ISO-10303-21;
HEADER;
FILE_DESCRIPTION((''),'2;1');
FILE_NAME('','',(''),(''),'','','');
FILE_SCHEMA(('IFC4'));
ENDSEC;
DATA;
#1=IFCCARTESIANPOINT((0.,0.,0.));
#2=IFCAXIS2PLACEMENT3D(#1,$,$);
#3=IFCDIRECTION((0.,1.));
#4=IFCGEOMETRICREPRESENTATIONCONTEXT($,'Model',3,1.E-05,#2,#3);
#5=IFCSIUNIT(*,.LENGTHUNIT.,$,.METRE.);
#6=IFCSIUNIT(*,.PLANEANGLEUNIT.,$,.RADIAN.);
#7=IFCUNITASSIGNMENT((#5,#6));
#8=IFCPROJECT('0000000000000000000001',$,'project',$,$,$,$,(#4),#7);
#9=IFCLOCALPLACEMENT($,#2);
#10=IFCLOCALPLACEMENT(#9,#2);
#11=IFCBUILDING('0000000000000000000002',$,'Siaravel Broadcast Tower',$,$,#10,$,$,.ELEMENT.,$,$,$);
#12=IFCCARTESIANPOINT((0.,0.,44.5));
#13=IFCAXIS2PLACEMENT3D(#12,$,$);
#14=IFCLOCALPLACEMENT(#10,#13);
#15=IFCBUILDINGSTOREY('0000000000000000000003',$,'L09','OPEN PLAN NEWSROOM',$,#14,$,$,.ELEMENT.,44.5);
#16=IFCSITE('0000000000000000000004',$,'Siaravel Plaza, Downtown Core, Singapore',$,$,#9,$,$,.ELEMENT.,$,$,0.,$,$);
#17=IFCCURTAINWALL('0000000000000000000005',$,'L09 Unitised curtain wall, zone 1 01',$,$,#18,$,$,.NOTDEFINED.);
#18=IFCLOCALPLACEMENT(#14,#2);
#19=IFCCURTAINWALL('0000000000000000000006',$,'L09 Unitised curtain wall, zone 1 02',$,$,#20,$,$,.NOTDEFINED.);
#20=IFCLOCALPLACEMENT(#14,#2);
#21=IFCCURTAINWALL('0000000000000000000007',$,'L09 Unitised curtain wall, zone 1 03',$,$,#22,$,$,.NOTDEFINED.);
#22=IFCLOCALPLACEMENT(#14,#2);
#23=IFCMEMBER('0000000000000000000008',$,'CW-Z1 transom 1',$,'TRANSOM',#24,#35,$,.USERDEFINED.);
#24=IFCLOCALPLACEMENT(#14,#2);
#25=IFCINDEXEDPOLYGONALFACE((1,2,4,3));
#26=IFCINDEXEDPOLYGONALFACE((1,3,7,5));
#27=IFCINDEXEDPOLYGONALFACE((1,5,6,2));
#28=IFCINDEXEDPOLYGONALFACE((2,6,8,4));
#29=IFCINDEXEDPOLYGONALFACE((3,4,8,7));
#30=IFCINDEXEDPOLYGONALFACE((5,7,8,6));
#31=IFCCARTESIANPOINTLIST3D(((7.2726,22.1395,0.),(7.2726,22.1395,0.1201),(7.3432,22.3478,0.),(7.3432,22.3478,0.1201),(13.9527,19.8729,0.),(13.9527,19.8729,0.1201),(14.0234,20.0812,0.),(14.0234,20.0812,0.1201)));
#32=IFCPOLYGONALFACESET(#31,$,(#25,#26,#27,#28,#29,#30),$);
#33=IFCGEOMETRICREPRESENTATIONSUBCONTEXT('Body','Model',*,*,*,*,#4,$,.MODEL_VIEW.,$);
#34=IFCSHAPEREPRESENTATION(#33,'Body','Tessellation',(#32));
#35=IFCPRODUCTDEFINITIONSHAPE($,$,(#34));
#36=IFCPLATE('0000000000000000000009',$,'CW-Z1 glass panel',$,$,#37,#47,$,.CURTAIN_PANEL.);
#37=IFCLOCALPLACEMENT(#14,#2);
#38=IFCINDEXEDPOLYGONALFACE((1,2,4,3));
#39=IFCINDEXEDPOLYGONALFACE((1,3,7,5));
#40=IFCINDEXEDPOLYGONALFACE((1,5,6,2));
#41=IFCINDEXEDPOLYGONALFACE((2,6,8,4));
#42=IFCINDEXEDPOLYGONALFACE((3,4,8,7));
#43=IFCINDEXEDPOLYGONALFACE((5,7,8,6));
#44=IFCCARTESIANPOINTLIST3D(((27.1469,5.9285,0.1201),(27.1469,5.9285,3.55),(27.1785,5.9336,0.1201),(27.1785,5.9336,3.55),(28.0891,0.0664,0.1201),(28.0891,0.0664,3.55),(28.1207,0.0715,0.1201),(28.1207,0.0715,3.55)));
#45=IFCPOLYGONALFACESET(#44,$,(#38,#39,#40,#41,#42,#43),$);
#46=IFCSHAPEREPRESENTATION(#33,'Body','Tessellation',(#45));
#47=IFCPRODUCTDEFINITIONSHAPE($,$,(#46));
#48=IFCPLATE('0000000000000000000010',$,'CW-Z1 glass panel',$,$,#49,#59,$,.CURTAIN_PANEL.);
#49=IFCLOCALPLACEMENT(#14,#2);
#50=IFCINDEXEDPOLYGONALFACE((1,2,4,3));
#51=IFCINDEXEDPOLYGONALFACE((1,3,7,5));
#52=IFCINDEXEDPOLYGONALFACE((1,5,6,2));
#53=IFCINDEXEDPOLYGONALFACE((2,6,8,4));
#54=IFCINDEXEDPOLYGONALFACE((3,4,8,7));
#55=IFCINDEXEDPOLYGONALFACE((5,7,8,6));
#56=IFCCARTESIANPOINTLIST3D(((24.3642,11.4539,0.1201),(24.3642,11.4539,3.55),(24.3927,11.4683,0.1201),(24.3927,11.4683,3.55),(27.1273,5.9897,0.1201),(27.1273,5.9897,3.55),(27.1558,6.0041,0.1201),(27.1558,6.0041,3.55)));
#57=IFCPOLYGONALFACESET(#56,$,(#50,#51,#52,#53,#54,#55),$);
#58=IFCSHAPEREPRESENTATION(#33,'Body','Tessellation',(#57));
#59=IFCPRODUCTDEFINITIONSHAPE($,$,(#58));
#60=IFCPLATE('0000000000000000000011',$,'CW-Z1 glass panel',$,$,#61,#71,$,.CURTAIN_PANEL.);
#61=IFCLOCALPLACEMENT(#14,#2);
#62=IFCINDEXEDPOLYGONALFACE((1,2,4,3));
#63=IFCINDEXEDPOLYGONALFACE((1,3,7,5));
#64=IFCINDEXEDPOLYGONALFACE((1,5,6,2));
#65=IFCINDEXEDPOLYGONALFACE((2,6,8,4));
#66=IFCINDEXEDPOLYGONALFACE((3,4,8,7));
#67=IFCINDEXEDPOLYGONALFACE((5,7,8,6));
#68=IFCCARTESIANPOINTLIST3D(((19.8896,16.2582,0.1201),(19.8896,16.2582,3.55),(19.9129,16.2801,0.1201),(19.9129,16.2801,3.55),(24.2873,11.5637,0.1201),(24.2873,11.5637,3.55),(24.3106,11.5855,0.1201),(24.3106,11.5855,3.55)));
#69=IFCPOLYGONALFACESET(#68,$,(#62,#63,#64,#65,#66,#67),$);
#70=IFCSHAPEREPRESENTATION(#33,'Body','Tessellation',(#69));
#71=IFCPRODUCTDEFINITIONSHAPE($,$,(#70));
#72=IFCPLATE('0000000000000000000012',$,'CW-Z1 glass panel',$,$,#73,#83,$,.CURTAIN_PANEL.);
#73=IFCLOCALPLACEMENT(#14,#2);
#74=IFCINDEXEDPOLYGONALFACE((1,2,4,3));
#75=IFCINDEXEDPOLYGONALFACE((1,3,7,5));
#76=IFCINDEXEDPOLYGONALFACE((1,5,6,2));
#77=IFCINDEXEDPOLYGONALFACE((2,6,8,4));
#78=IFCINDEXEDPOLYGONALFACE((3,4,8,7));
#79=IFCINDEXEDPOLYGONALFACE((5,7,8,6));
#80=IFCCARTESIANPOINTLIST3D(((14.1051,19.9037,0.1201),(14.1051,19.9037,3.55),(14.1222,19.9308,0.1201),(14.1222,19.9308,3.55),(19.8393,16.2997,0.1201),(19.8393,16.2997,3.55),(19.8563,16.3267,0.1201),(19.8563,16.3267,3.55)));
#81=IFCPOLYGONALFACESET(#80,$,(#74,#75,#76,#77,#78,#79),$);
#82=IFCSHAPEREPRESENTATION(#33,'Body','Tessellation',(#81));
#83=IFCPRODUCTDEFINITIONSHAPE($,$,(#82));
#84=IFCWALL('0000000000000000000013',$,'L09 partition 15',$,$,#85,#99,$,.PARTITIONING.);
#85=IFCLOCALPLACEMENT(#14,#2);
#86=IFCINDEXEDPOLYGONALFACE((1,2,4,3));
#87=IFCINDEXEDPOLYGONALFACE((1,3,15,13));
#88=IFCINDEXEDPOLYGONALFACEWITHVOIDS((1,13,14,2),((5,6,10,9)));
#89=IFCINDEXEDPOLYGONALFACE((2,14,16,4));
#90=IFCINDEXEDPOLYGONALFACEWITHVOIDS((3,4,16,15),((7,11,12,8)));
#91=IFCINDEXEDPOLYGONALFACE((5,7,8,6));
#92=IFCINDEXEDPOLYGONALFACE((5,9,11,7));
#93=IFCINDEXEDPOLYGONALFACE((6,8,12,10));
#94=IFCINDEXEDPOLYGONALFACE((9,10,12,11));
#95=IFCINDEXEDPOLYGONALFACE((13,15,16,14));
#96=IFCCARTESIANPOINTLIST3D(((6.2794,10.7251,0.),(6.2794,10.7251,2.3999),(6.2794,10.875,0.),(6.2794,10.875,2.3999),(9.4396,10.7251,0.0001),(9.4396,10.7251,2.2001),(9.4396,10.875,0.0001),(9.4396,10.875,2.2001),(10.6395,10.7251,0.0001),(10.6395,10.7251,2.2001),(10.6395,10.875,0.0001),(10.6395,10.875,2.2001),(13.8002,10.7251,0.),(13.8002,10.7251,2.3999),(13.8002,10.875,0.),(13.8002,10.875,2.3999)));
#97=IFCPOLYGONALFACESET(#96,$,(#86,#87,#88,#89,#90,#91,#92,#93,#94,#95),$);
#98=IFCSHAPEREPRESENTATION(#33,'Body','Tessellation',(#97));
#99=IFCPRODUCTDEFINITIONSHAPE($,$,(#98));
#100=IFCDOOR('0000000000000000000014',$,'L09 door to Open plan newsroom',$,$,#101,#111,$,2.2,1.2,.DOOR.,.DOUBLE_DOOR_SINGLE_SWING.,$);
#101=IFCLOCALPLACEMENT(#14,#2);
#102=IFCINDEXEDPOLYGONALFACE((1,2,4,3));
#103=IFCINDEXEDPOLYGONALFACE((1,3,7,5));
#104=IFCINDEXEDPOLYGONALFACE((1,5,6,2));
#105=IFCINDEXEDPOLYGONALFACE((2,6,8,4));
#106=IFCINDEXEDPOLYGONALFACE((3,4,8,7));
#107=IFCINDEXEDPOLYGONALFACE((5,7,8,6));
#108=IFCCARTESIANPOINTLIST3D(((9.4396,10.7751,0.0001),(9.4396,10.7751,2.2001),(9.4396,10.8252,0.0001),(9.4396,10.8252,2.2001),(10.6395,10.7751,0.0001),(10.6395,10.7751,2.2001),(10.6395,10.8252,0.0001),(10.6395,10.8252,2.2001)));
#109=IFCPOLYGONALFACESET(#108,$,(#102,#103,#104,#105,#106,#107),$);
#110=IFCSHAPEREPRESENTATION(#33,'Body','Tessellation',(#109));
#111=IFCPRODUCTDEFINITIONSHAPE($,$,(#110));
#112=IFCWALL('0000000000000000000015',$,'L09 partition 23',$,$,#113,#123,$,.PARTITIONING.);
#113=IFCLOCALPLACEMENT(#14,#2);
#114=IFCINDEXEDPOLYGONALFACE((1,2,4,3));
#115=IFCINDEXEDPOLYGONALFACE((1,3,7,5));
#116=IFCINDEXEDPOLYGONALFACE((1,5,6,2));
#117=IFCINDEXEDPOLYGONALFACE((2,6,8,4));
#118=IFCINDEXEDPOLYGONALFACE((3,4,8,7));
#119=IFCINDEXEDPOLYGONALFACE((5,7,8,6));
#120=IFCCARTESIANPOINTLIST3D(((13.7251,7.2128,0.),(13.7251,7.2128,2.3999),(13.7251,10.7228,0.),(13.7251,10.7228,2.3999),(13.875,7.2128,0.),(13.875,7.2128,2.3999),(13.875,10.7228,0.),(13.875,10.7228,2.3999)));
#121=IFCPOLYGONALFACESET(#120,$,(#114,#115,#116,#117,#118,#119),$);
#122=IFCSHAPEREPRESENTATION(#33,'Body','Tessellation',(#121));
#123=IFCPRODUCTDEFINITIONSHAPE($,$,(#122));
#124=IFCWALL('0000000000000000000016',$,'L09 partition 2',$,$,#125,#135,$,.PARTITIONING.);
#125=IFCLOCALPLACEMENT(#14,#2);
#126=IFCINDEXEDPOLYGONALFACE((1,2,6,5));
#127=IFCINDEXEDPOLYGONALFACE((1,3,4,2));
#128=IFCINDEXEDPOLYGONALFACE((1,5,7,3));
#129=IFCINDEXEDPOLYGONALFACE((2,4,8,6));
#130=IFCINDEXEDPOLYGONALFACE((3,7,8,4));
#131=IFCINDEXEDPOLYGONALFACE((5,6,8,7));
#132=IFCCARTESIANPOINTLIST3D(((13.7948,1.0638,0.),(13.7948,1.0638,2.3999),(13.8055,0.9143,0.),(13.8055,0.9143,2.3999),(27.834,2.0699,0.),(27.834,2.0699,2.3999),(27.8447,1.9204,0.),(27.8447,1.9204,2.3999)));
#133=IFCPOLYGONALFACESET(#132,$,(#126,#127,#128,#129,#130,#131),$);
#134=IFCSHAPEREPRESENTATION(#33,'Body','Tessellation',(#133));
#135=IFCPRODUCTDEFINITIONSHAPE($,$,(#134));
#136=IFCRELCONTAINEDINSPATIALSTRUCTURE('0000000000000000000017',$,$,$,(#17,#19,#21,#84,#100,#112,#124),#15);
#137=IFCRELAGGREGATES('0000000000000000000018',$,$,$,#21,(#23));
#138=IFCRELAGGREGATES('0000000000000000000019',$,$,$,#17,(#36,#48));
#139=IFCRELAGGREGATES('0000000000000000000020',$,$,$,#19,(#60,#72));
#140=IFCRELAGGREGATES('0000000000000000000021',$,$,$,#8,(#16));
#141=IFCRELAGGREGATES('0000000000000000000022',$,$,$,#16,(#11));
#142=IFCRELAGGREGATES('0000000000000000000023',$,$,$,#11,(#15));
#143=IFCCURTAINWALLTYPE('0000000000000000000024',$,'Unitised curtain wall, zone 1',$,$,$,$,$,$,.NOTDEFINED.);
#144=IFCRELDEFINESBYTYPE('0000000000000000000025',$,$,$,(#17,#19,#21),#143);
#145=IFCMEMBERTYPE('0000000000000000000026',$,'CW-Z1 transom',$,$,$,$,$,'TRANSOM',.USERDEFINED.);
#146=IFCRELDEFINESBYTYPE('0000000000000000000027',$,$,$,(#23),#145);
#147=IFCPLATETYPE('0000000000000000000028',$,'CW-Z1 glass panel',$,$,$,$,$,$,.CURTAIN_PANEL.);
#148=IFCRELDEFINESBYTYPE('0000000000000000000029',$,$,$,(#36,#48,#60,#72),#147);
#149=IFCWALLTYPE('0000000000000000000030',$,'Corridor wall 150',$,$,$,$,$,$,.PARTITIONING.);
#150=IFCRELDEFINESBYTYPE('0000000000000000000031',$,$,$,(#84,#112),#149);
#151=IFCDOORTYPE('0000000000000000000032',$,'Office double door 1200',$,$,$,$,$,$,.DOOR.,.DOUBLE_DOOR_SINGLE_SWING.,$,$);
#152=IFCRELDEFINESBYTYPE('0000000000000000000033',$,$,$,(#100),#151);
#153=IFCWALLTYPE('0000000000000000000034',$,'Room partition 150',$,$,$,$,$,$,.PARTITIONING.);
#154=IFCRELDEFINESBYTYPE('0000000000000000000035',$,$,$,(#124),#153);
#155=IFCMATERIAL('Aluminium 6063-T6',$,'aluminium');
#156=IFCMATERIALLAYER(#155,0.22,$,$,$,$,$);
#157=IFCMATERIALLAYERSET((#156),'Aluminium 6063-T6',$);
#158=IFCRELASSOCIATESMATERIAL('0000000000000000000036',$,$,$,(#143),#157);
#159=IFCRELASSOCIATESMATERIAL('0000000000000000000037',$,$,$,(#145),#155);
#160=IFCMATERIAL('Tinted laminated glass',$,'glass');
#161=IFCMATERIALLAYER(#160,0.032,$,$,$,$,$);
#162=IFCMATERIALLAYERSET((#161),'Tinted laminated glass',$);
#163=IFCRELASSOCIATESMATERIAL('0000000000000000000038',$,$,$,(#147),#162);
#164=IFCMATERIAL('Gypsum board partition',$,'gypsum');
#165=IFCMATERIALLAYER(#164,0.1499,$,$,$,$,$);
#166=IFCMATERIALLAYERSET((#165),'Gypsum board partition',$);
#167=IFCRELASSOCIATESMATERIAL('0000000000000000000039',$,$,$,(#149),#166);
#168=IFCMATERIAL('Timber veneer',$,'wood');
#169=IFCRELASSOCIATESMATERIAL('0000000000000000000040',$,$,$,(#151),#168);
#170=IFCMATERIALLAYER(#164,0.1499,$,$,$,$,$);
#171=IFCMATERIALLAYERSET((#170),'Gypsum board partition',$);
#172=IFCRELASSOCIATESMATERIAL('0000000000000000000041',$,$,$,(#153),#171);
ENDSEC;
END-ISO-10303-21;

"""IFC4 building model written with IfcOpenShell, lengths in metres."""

from ifc_helpers import new_model, si_unit, direction, frame, frame_2d, origin, origin_2d, place, context, subcontext, project, spatial, rectangle, extrude, material, layer, layer_set, material_profile, profile_set, type_object, element, fill, aggregate, save


model = new_model("IFC4")

# Units and contexts
model_context = context("Model", 3, precision=1e-05, world=origin(), true_north=direction((0.0, 1.0)))
body_context = subcontext(model_context, "Body", "Model", "MODEL_VIEW")
ifc_project = project(units=[si_unit("LENGTHUNIT", "METRE"), si_unit("PLANEANGLEUNIT", "RADIAN")], contexts=[model_context])

# Site, building, storey
site_placement = place(None, origin())
site = spatial("IfcSite", under=ifc_project, at=site_placement, Name="Siaravel Plaza, Downtown Core, Singapore", CompositionType="ELEMENT", RefElevation=0.0)
building_placement = place(site_placement, origin())
building = spatial("IfcBuilding", under=site, at=building_placement, Name="Siaravel Broadcast Tower", CompositionType="ELEMENT")
storey_placement = place(building_placement, frame((0.0, 0.0, 44.5)))
storey = spatial("IfcBuildingStorey", under=building, at=storey_placement, Name="L09", Description="OPEN PLAN NEWSROOM", CompositionType="ELEMENT", Elevation=44.5)

# Curtain walls
ifc_material_1 = material(Name="Aluminium 6063-T6", Category="aluminium")
ifc_layer_1 = layer(ifc_material_1, 0.22)
ifc_layer_set_1 = layer_set([ifc_layer_1], Name="Aluminium 6063-T6")
curtain_wall_type = type_object("IfcCurtainWallType", Name="Unitised curtain wall, zone 1", PredefinedType="NOTDEFINED", material=ifc_layer_set_1)
curtain_wall_1_placement = place(storey_placement, origin())
curtain_wall_1 = element("IfcCurtainWall", 1, at=curtain_wall_1_placement, inside=storey, type_object=curtain_wall_type, Name="L09 Unitised curtain wall, zone 1 01", PredefinedType="NOTDEFINED")
curtain_wall_2_placement = place(storey_placement, origin())
curtain_wall_2 = element("IfcCurtainWall", 2, at=curtain_wall_2_placement, inside=storey, type_object=curtain_wall_type, Name="L09 Unitised curtain wall, zone 1 02", PredefinedType="NOTDEFINED")

# Curtain wall
curtain_wall_3_placement = place(storey_placement, origin())
curtain_wall_3 = element("IfcCurtainWall", 3, at=curtain_wall_3_placement, inside=storey, type_object=curtain_wall_type, Name="L09 Unitised curtain wall, zone 1 03", PredefinedType="NOTDEFINED")

# Member
ifc_material_profile_1 = material_profile(ifc_material_1, rectangle(XDim=0.22, YDim=0.1201, at=origin_2d()))
ifc_profile_set_1 = profile_set([ifc_material_profile_1], Name="Aluminium 6063-T6")
member_type_1 = type_object("IfcMemberType", Name="CW-Z1 transom", ElementType="TRANSOM", PredefinedType="USERDEFINED", material=ifc_profile_set_1)
member_1_placement = place(storey_placement, frame((13.988, 19.9771, 0.0601), z_axis=(-0.946974, 0.321311, 0.0), x_axis=(-0.321311, -0.946974, 0.0)))
member_1 = element("IfcMember", 4, at=member_1_placement, type_object=member_type_1, Name="CW-Z1 transom 1", ObjectType="TRANSOM", PredefinedType="USERDEFINED", context=body_context, shape_type="SweptSolid", body=[
    extrude(rectangle(XDim=0.22, YDim=0.1201, at=origin_2d()), origin(), (0.0, 0.0, 1.0), 7.0542),
])
aggregate(curtain_wall_3, [member_1])

# Plates
ifc_material_2 = material(Name="Tinted laminated glass", Category="glass")
ifc_layer_2 = layer(ifc_material_2, 0.032)
ifc_layer_set_2 = layer_set([ifc_layer_2], Name="Tinted laminated glass")
plate_type = type_object("IfcPlateType", Name="CW-Z1 glass panel", PredefinedType="CURTAIN_PANEL", material=ifc_layer_set_2)
plate_1_placement = place(storey_placement, frame((27.6338, 3.0, 0.1201), z_axis=(0.0, 0.0, 1.0), x_axis=(-0.158686, 0.987329, 0.0)))
plate_1 = element("IfcPlate", 5, at=plate_1_placement, type_object=plate_type, Name="CW-Z1 glass panel", PredefinedType="CURTAIN_PANEL", context=body_context, shape_type="SweptSolid", body=[
    extrude(rectangle(XDim=5.9373, YDim=0.032, at=origin_2d()), origin(), (0.0, 0.0, 1.0), 3.4299),
])
plate_2_placement = place(storey_placement, frame((25.76, 8.729, 0.1201), z_axis=(0.0, 0.0, 1.0), x_axis=(-0.451261, 0.892392, 0.0)))
plate_2 = element("IfcPlate", 6, at=plate_2_placement, type_object=plate_type, Name="CW-Z1 glass panel", PredefinedType="CURTAIN_PANEL", context=body_context, shape_type="SweptSolid", body=[
    extrude(rectangle(XDim=6.123, YDim=0.032, at=origin_2d()), origin(), (0.0, 0.0, 1.0), 3.4299),
])
aggregate(curtain_wall_1, [plate_1, plate_2])
plate_3_placement = place(storey_placement, frame((22.1001, 13.9219, 0.1201), z_axis=(0.0, 0.0, 1.0), x_axis=(-0.683655, 0.729805, 0.0)))
plate_3 = element("IfcPlate", 7, at=plate_3_placement, type_object=plate_type, Name="CW-Z1 glass panel", PredefinedType="CURTAIN_PANEL", context=body_context, shape_type="SweptSolid", body=[
    extrude(rectangle(XDim=6.4326, YDim=0.032, at=origin_2d()), origin(), (0.0, 0.0, 1.0), 3.4299),
])
plate_4_placement = place(storey_placement, frame((16.9807, 18.1152, 0.1201), z_axis=(0.0, 0.0, 1.0), x_axis=(-0.846651, 0.532149, 0.0)))
plate_4 = element("IfcPlate", 8, at=plate_4_placement, type_object=plate_type, Name="CW-Z1 glass panel", PredefinedType="CURTAIN_PANEL", context=body_context, shape_type="SweptSolid", body=[
    extrude(rectangle(XDim=6.7727, YDim=0.032, at=origin_2d()), origin(), (0.0, 0.0, 1.0), 3.4299),
])
aggregate(curtain_wall_2, [plate_3, plate_4])

# Wall, opening, door
ifc_material_3 = material(Name="Gypsum board partition", Category="gypsum")
ifc_layer_3 = layer(ifc_material_3, 0.1499)
ifc_layer_set_3 = layer_set([ifc_layer_3], Name="Gypsum board partition")
wall_type_1 = type_object("IfcWallType", Name="Corridor wall 150", PredefinedType="PARTITIONING", material=ifc_layer_set_3)
wall_1_placement = place(storey_placement, frame((13.8, 10.8, 0.0), z_axis=(0.0, 0.0, 1.0), x_axis=(-1.0, 0.0, 0.0)))
wall_1 = element("IfcWall", 9, at=wall_1_placement, inside=storey, type_object=wall_type_1, Name="L09 partition 15", PredefinedType="PARTITIONING", context=body_context, shape_type="SweptSolid", body=[
    extrude(rectangle(XDim=7.5208, YDim=0.1499, at=frame_2d((3.7603, 0.0))), origin(), (0.0, 0.0, 1.0), 2.3999),
])
opening_placement = place(wall_1_placement, frame((3.1604, 0.0, 0.0)))
opening = element("IfcOpeningElement", 10, at=opening_placement, cuts=wall_1, PredefinedType="OPENING", context=body_context, shape_type="SweptSolid", body=[
    extrude(rectangle(XDim=1.2, YDim=2.2, at=frame_2d((0.6001, 1.1001))), frame((0.0, 0.085, 0.0), z_axis=(0.0, -1.0, 0.0), x_axis=(1.0, 0.0, 0.0)), (0.0, 0.0, 1.0), 0.1699),
])
ifc_material_4 = material(Name="Timber veneer", Category="wood")
door_type = type_object("IfcDoorType", Name="Office double door 1200", OperationType="DOUBLE_DOOR_SINGLE_SWING", PredefinedType="DOOR", material=ifc_material_4)
door_placement = place(opening_placement, origin())
door = element("IfcDoor", 11, at=door_placement, inside=storey, type_object=door_type, Name="L09 door to Open plan newsroom", OperationType="DOUBLE_DOOR_SINGLE_SWING", OverallHeight=2.2, OverallWidth=1.2, PredefinedType="DOOR", context=body_context, shape_type="SweptSolid", body=[
    extrude(rectangle(XDim=1.2, YDim=2.2, at=frame_2d((0.6001, 1.1001))), frame((0.0, 0.0249, 0.0), z_axis=(0.0, -1.0, 0.0), x_axis=(1.0, 0.0, 0.0)), (0.0, 0.0, 1.0), 0.05),
])
fill(opening, door)

# Walls
wall_2_placement = place(storey_placement, frame((13.8, 7.2129, 0.0), z_axis=(0.0, 0.0, 1.0), x_axis=(0.0, 1.0, 0.0)))
element("IfcWall", 12, at=wall_2_placement, inside=storey, type_object=wall_type_1, Name="L09 partition 23", PredefinedType="PARTITIONING", context=body_context, shape_type="SweptSolid", body=[
    extrude(rectangle(XDim=3.51, YDim=0.1499, at=frame_2d((1.7549, 0.0))), origin(), (0.0, 0.0, 1.0), 2.3999),
])
ifc_layer_4 = layer(ifc_material_3, 0.1499)
ifc_layer_set_4 = layer_set([ifc_layer_4], Name="Gypsum board partition")
wall_type_2 = type_object("IfcWallType", Name="Room partition 150", PredefinedType="PARTITIONING", material=ifc_layer_set_4)
wall_3_placement = place(storey_placement, frame((27.8394, 1.9951, 0.0), z_axis=(0.0, 0.0, 1.0), x_axis=(-0.997442, -0.07148, 0.0)))
element("IfcWall", 13, at=wall_3_placement, inside=storey, type_object=wall_type_2, Name="L09 partition 2", PredefinedType="PARTITIONING", context=body_context, shape_type="SweptSolid", body=[
    extrude(rectangle(XDim=14.0752, YDim=0.1499, at=frame_2d((7.0376, 0.0))), origin(), (0.0, 0.0, 1.0), 2.3999),
])

save(model, "model.ifc")
